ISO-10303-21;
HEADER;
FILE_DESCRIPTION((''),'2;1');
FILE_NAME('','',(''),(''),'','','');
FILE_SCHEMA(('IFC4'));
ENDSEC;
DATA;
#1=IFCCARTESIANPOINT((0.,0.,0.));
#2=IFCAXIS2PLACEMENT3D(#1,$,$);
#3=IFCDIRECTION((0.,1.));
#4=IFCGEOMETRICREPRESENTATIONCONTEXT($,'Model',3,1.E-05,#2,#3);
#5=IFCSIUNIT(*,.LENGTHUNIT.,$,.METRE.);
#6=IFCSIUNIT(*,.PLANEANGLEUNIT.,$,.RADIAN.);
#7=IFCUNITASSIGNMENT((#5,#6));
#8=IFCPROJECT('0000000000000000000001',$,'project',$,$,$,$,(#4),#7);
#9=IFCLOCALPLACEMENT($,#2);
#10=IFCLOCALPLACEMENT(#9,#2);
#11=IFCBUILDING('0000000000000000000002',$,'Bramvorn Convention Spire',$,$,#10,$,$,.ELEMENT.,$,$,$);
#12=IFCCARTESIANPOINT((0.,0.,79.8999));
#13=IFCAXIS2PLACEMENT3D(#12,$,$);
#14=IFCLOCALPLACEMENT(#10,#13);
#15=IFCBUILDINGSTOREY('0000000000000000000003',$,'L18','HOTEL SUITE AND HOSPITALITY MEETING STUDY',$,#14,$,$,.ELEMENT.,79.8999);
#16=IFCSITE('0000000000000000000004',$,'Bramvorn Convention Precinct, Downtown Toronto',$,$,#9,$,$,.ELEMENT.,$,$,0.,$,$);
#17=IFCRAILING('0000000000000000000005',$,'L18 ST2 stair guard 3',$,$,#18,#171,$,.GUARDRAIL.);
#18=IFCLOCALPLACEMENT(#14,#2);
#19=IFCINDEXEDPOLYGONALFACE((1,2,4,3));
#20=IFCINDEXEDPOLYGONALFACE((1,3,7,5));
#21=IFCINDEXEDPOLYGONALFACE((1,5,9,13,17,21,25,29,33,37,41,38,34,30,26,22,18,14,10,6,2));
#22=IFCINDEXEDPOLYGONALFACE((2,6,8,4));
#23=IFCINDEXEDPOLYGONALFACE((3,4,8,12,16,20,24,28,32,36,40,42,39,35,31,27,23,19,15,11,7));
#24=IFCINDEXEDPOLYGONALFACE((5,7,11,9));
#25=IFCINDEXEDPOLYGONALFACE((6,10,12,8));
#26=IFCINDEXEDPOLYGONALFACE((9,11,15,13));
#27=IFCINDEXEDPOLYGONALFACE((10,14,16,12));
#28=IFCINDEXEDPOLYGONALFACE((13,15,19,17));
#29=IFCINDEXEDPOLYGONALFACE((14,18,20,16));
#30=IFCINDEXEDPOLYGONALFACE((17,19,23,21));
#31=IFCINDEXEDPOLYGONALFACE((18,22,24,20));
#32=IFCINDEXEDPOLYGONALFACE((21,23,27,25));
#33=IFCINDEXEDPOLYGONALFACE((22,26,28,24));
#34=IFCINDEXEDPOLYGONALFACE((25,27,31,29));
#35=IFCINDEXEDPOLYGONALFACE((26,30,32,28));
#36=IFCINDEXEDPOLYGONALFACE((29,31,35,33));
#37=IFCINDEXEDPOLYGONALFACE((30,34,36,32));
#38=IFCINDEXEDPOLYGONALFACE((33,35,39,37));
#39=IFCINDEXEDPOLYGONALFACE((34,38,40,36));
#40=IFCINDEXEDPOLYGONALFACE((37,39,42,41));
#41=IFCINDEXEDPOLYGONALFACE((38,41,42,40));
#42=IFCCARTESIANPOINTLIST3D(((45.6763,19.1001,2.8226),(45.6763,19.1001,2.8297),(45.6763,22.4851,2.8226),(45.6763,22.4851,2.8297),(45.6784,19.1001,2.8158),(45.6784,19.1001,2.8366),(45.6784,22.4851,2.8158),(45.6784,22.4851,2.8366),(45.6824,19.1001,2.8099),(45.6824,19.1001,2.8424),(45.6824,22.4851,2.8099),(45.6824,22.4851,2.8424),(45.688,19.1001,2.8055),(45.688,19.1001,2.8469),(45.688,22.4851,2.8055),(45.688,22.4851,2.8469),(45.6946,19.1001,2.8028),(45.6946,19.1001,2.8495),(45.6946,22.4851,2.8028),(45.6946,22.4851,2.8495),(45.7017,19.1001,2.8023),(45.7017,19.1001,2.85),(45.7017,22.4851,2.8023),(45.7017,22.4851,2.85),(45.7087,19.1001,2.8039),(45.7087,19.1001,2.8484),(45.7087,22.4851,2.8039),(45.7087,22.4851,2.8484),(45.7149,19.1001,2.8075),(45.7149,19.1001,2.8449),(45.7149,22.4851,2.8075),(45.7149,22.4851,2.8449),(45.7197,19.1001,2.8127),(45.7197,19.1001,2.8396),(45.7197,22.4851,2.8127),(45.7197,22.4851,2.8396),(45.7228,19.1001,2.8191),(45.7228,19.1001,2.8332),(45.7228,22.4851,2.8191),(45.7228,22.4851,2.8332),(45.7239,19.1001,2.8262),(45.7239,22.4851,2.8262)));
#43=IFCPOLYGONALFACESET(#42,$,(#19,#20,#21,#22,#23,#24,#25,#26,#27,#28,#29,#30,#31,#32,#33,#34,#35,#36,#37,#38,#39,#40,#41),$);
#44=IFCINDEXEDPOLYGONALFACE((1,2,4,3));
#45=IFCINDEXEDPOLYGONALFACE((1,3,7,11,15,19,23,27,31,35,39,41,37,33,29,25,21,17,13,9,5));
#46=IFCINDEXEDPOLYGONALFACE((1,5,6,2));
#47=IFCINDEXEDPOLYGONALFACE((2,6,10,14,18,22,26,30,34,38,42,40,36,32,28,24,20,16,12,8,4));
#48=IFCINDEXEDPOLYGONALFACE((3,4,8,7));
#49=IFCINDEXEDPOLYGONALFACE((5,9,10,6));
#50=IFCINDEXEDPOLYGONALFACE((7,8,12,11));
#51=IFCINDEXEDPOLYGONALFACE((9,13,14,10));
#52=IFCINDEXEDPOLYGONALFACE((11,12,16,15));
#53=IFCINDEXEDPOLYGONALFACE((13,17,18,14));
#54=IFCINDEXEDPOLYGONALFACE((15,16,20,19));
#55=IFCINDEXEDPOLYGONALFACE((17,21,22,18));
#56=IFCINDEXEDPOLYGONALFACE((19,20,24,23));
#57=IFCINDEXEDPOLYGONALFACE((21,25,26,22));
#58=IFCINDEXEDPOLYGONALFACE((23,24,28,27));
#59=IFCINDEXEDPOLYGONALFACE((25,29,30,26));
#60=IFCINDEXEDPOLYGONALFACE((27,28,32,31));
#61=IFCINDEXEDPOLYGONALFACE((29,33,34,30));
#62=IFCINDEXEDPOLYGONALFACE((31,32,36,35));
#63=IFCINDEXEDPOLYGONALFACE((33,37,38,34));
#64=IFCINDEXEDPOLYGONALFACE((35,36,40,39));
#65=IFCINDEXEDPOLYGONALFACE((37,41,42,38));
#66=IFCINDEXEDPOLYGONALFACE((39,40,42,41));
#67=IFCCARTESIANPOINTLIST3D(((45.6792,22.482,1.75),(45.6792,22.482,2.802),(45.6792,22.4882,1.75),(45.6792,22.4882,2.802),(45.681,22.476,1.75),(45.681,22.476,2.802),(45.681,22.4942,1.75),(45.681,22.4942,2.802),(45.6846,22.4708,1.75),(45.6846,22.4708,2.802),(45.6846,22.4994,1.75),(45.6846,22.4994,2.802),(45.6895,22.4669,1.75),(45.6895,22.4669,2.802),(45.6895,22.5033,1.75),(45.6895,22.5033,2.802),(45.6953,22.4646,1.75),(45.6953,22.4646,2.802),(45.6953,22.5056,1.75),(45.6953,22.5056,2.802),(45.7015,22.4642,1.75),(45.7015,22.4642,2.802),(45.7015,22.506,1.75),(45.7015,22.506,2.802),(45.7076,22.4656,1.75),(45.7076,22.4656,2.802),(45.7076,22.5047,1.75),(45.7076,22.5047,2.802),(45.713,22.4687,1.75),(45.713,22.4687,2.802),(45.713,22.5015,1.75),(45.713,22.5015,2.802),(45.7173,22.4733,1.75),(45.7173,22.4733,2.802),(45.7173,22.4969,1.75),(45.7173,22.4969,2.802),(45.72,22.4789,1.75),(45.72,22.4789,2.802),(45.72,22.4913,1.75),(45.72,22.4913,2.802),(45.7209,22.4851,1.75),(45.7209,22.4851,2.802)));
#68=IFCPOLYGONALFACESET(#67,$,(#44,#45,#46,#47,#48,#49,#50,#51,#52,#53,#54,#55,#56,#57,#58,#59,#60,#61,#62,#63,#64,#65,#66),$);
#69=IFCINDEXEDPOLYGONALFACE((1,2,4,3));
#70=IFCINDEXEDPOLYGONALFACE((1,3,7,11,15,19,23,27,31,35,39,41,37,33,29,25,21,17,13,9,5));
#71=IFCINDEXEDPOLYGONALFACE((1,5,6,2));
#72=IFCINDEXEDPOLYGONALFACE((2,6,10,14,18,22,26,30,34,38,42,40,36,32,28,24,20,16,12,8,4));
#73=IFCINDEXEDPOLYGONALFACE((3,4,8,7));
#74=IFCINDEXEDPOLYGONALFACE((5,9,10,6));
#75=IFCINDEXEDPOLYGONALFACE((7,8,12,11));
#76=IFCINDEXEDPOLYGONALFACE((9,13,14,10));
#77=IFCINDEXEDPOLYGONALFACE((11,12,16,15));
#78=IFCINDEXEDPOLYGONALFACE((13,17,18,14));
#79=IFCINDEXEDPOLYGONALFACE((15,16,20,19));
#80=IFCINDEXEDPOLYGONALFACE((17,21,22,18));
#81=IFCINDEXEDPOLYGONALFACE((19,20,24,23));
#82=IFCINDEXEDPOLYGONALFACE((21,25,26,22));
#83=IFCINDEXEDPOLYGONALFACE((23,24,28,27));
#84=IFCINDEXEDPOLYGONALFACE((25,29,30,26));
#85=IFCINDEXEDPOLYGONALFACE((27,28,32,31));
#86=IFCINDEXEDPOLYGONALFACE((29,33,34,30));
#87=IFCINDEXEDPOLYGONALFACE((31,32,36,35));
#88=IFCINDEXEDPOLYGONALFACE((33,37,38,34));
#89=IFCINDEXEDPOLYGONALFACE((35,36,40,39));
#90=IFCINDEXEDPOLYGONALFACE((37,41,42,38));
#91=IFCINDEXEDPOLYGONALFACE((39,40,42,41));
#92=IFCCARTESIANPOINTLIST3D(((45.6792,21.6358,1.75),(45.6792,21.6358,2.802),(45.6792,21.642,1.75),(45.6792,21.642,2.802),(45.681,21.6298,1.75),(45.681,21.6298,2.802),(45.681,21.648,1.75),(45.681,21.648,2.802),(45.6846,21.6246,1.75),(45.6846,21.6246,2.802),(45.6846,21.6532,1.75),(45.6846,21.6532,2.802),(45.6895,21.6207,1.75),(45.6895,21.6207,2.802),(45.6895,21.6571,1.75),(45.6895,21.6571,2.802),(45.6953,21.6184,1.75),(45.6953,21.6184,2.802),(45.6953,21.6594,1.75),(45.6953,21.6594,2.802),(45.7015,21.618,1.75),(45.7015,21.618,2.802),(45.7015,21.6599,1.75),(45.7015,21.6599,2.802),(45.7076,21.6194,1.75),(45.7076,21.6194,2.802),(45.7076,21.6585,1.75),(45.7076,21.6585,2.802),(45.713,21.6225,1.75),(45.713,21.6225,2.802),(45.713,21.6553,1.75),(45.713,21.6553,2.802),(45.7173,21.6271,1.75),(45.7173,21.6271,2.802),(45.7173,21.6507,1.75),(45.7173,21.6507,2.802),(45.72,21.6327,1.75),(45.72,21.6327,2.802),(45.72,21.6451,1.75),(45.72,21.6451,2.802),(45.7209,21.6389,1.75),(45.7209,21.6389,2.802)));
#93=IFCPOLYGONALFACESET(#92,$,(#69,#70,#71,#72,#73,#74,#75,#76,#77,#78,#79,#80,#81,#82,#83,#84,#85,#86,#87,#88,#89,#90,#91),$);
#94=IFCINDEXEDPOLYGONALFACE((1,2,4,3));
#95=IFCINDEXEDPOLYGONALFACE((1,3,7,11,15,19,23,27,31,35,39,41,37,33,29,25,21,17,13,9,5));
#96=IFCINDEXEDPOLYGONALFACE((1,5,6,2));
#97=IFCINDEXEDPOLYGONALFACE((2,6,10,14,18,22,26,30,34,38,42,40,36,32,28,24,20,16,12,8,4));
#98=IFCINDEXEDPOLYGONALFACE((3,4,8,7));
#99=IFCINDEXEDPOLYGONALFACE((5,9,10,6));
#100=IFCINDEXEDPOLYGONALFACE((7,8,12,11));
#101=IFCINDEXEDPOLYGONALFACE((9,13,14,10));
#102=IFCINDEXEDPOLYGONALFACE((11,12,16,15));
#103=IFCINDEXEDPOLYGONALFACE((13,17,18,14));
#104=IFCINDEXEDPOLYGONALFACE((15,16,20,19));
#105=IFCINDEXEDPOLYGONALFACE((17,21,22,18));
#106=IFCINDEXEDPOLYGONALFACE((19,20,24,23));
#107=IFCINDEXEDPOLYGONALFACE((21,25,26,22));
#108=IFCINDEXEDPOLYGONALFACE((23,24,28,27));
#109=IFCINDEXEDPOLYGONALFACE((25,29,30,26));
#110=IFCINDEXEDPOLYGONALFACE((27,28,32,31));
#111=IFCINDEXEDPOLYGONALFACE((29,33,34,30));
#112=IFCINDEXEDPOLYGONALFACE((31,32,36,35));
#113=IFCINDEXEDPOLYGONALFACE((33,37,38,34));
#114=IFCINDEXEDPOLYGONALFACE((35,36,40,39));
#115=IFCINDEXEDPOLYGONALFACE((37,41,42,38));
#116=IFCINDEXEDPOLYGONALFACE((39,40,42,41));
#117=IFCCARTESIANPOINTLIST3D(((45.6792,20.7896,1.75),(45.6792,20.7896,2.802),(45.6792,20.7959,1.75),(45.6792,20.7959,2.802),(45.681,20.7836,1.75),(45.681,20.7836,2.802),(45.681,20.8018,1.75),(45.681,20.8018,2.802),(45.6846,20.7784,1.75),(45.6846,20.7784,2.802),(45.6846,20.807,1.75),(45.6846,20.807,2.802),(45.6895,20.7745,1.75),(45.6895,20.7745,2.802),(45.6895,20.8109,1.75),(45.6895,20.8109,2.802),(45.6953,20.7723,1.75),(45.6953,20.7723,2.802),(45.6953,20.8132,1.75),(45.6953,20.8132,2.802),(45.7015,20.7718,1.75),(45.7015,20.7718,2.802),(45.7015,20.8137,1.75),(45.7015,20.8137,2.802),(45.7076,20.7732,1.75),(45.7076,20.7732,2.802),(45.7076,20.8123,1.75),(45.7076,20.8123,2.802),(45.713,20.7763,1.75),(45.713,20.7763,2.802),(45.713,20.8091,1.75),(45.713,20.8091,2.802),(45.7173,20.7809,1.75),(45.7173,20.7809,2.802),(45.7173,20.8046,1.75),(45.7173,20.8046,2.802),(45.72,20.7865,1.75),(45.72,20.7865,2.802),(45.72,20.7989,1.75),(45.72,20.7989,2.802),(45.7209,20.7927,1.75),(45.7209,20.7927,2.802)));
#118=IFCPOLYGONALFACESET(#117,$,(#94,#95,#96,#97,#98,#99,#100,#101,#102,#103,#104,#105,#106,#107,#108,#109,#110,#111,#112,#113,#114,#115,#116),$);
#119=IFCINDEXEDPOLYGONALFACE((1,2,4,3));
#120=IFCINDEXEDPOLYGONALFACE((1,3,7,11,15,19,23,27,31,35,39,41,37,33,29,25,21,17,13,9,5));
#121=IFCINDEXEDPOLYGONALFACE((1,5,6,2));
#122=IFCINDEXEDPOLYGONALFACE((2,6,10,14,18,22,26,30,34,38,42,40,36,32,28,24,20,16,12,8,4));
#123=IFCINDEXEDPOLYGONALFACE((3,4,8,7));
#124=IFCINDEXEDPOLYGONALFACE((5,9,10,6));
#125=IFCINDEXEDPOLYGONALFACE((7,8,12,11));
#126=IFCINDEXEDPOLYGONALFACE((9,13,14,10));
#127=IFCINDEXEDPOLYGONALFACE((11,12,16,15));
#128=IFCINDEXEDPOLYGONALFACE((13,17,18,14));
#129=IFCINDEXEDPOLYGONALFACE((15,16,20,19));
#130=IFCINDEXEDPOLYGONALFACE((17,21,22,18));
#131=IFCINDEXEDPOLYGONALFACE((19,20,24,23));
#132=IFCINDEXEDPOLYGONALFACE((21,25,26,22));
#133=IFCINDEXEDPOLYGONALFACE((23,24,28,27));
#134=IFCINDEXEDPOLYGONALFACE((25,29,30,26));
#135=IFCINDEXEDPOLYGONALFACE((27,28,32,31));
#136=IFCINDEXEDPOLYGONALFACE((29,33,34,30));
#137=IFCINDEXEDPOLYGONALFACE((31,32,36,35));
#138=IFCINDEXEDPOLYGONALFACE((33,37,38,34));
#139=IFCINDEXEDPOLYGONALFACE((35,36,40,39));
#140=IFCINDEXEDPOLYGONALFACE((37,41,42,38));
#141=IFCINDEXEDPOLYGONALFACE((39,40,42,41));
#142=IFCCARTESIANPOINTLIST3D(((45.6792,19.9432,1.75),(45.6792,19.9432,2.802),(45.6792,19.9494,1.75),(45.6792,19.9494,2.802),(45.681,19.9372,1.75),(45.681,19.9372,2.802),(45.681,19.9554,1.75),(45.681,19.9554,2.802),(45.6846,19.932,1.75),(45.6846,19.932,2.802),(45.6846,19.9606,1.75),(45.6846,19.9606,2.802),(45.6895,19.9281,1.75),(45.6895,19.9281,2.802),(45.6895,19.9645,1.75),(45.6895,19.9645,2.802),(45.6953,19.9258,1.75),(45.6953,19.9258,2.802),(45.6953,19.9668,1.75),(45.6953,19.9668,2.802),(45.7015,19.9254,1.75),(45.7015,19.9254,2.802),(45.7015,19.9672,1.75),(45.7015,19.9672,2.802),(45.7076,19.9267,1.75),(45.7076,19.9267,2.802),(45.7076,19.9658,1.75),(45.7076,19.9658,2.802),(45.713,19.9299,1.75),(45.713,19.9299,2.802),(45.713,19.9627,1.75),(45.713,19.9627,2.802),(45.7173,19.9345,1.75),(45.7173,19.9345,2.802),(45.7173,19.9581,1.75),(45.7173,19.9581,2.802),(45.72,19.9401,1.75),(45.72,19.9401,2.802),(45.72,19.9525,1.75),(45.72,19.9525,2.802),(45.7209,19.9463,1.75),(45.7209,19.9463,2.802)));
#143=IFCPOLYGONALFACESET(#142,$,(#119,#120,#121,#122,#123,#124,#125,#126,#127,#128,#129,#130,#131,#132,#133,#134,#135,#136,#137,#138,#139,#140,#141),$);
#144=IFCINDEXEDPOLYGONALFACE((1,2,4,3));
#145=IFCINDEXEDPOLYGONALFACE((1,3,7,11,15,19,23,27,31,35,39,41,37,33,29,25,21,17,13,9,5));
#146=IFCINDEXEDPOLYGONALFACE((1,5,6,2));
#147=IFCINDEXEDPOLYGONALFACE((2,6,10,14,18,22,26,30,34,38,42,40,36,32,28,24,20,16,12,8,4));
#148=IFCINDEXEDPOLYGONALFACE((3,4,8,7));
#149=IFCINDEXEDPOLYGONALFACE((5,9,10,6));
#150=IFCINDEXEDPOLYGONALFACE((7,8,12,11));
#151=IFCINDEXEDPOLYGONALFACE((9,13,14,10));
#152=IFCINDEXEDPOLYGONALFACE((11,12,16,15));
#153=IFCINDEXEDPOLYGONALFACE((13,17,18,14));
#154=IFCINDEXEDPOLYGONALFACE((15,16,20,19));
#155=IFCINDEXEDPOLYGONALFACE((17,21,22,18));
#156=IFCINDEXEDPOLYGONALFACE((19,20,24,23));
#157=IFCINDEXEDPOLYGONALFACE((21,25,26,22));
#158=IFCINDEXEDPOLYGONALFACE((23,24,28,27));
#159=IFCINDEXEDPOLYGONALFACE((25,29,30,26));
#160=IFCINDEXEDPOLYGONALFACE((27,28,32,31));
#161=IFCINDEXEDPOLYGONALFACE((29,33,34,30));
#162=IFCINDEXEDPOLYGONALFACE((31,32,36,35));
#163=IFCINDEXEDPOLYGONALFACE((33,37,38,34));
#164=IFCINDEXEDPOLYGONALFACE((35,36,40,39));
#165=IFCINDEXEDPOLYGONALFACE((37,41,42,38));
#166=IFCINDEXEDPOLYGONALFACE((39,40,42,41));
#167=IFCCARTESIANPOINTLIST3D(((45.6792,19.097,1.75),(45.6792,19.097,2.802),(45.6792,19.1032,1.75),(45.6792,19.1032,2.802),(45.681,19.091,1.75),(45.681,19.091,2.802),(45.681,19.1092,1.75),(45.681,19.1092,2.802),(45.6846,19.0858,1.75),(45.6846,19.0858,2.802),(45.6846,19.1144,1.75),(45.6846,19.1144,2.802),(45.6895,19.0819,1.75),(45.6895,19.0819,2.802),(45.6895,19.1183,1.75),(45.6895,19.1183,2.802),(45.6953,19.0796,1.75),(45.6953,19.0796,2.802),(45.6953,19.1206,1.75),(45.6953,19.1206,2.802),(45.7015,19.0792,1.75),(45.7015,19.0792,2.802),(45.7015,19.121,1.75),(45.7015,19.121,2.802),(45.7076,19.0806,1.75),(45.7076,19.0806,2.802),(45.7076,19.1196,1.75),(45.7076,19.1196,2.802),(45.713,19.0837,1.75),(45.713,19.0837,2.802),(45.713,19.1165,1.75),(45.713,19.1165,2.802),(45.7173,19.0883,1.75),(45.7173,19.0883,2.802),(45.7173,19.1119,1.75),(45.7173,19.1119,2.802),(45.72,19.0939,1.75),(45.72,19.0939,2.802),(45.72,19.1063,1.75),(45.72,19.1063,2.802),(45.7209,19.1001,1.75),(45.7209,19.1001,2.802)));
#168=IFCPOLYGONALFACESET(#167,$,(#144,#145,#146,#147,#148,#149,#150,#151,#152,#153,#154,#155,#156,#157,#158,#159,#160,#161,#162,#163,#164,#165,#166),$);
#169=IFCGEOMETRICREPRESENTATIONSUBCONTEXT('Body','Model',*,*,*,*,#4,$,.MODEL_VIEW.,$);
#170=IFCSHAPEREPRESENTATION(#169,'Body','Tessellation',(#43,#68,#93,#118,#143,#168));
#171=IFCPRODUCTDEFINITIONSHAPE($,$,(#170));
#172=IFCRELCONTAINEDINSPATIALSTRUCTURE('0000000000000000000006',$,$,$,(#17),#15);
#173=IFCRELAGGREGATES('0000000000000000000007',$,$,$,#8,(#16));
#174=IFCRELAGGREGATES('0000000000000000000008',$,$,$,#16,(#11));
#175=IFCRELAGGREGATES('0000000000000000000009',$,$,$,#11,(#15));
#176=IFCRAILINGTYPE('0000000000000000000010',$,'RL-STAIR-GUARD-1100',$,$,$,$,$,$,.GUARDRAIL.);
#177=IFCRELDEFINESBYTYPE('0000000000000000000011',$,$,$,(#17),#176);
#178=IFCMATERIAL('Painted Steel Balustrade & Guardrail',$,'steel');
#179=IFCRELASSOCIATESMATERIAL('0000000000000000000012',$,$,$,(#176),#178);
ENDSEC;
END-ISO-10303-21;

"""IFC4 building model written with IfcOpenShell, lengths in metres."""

from ifc_helpers import new_model, si_unit, direction, frame, origin, origin_2d, place, context, subcontext, project, spatial, circle, extrude, material, type_object, element, save


model = new_model("IFC4")

# Units and contexts
model_context = context("Model", 3, precision=1e-05, world=origin(), true_north=direction((0.0, 1.0)))
body_context = subcontext(model_context, "Body", "Model", "MODEL_VIEW")
ifc_project = project(units=[si_unit("LENGTHUNIT", "METRE"), si_unit("PLANEANGLEUNIT", "RADIAN")], contexts=[model_context])

# Site, building, storey
site_placement = place(None, origin())
site = spatial("IfcSite", under=ifc_project, at=site_placement, Name="Bramvorn Convention Precinct, Downtown Toronto", CompositionType="ELEMENT", RefElevation=0.0)
building_placement = place(site_placement, origin())
building = spatial("IfcBuilding", under=site, at=building_placement, Name="Bramvorn Convention Spire", CompositionType="ELEMENT")
storey_placement = place(building_placement, frame((0.0, 0.0, 79.8999)))
storey = spatial("IfcBuildingStorey", under=building, at=storey_placement, Name="L18", Description="HOTEL SUITE AND HOSPITALITY MEETING STUDY", CompositionType="ELEMENT", Elevation=79.8999)

# Railing
ifc_material_1 = material(Name="Painted Steel Balustrade & Guardrail", Category="steel")
railing_type_1 = type_object("IfcRailingType", Name="RL-STAIR-GUARD-1100", PredefinedType="GUARDRAIL", material=ifc_material_1)
railing_1_placement = place(storey_placement, frame((45.7, 22.4851, 1.75)))
element("IfcRailing", 1, at=railing_1_placement, inside=storey, type_object=railing_type_1, Name="L18 ST2 stair guard 3", PredefinedType="GUARDRAIL", context=body_context, shape_type="SweptSolid", body=[
    extrude(circle(Radius=0.0239, at=origin_2d()), frame((0.0, 0.0, 1.0762), z_axis=(0.0, -1.0, 0.0), x_axis=(1.0, 0.0, 0.0)), (0.0, 0.0, 1.0), 3.385),
    extrude(circle(Radius=0.021, at=origin_2d()), origin(), (0.0, 0.0, 1.0), 1.052),
    extrude(circle(Radius=0.021, at=origin_2d()), frame((0.0, -0.8462, 0.0)), (0.0, 0.0, 1.0), 1.052),
    extrude(circle(Radius=0.021, at=origin_2d()), frame((0.0, -1.6924, 0.0)), (0.0, 0.0, 1.0), 1.052),
    extrude(circle(Radius=0.021, at=origin_2d()), frame((0.0, -2.5388, 0.0)), (0.0, 0.0, 1.0), 1.052),
    extrude(circle(Radius=0.021, at=origin_2d()), frame((0.0, -3.385, 0.0)), (0.0, 0.0, 1.0), 1.052),
])

save(model, "model.ifc")
